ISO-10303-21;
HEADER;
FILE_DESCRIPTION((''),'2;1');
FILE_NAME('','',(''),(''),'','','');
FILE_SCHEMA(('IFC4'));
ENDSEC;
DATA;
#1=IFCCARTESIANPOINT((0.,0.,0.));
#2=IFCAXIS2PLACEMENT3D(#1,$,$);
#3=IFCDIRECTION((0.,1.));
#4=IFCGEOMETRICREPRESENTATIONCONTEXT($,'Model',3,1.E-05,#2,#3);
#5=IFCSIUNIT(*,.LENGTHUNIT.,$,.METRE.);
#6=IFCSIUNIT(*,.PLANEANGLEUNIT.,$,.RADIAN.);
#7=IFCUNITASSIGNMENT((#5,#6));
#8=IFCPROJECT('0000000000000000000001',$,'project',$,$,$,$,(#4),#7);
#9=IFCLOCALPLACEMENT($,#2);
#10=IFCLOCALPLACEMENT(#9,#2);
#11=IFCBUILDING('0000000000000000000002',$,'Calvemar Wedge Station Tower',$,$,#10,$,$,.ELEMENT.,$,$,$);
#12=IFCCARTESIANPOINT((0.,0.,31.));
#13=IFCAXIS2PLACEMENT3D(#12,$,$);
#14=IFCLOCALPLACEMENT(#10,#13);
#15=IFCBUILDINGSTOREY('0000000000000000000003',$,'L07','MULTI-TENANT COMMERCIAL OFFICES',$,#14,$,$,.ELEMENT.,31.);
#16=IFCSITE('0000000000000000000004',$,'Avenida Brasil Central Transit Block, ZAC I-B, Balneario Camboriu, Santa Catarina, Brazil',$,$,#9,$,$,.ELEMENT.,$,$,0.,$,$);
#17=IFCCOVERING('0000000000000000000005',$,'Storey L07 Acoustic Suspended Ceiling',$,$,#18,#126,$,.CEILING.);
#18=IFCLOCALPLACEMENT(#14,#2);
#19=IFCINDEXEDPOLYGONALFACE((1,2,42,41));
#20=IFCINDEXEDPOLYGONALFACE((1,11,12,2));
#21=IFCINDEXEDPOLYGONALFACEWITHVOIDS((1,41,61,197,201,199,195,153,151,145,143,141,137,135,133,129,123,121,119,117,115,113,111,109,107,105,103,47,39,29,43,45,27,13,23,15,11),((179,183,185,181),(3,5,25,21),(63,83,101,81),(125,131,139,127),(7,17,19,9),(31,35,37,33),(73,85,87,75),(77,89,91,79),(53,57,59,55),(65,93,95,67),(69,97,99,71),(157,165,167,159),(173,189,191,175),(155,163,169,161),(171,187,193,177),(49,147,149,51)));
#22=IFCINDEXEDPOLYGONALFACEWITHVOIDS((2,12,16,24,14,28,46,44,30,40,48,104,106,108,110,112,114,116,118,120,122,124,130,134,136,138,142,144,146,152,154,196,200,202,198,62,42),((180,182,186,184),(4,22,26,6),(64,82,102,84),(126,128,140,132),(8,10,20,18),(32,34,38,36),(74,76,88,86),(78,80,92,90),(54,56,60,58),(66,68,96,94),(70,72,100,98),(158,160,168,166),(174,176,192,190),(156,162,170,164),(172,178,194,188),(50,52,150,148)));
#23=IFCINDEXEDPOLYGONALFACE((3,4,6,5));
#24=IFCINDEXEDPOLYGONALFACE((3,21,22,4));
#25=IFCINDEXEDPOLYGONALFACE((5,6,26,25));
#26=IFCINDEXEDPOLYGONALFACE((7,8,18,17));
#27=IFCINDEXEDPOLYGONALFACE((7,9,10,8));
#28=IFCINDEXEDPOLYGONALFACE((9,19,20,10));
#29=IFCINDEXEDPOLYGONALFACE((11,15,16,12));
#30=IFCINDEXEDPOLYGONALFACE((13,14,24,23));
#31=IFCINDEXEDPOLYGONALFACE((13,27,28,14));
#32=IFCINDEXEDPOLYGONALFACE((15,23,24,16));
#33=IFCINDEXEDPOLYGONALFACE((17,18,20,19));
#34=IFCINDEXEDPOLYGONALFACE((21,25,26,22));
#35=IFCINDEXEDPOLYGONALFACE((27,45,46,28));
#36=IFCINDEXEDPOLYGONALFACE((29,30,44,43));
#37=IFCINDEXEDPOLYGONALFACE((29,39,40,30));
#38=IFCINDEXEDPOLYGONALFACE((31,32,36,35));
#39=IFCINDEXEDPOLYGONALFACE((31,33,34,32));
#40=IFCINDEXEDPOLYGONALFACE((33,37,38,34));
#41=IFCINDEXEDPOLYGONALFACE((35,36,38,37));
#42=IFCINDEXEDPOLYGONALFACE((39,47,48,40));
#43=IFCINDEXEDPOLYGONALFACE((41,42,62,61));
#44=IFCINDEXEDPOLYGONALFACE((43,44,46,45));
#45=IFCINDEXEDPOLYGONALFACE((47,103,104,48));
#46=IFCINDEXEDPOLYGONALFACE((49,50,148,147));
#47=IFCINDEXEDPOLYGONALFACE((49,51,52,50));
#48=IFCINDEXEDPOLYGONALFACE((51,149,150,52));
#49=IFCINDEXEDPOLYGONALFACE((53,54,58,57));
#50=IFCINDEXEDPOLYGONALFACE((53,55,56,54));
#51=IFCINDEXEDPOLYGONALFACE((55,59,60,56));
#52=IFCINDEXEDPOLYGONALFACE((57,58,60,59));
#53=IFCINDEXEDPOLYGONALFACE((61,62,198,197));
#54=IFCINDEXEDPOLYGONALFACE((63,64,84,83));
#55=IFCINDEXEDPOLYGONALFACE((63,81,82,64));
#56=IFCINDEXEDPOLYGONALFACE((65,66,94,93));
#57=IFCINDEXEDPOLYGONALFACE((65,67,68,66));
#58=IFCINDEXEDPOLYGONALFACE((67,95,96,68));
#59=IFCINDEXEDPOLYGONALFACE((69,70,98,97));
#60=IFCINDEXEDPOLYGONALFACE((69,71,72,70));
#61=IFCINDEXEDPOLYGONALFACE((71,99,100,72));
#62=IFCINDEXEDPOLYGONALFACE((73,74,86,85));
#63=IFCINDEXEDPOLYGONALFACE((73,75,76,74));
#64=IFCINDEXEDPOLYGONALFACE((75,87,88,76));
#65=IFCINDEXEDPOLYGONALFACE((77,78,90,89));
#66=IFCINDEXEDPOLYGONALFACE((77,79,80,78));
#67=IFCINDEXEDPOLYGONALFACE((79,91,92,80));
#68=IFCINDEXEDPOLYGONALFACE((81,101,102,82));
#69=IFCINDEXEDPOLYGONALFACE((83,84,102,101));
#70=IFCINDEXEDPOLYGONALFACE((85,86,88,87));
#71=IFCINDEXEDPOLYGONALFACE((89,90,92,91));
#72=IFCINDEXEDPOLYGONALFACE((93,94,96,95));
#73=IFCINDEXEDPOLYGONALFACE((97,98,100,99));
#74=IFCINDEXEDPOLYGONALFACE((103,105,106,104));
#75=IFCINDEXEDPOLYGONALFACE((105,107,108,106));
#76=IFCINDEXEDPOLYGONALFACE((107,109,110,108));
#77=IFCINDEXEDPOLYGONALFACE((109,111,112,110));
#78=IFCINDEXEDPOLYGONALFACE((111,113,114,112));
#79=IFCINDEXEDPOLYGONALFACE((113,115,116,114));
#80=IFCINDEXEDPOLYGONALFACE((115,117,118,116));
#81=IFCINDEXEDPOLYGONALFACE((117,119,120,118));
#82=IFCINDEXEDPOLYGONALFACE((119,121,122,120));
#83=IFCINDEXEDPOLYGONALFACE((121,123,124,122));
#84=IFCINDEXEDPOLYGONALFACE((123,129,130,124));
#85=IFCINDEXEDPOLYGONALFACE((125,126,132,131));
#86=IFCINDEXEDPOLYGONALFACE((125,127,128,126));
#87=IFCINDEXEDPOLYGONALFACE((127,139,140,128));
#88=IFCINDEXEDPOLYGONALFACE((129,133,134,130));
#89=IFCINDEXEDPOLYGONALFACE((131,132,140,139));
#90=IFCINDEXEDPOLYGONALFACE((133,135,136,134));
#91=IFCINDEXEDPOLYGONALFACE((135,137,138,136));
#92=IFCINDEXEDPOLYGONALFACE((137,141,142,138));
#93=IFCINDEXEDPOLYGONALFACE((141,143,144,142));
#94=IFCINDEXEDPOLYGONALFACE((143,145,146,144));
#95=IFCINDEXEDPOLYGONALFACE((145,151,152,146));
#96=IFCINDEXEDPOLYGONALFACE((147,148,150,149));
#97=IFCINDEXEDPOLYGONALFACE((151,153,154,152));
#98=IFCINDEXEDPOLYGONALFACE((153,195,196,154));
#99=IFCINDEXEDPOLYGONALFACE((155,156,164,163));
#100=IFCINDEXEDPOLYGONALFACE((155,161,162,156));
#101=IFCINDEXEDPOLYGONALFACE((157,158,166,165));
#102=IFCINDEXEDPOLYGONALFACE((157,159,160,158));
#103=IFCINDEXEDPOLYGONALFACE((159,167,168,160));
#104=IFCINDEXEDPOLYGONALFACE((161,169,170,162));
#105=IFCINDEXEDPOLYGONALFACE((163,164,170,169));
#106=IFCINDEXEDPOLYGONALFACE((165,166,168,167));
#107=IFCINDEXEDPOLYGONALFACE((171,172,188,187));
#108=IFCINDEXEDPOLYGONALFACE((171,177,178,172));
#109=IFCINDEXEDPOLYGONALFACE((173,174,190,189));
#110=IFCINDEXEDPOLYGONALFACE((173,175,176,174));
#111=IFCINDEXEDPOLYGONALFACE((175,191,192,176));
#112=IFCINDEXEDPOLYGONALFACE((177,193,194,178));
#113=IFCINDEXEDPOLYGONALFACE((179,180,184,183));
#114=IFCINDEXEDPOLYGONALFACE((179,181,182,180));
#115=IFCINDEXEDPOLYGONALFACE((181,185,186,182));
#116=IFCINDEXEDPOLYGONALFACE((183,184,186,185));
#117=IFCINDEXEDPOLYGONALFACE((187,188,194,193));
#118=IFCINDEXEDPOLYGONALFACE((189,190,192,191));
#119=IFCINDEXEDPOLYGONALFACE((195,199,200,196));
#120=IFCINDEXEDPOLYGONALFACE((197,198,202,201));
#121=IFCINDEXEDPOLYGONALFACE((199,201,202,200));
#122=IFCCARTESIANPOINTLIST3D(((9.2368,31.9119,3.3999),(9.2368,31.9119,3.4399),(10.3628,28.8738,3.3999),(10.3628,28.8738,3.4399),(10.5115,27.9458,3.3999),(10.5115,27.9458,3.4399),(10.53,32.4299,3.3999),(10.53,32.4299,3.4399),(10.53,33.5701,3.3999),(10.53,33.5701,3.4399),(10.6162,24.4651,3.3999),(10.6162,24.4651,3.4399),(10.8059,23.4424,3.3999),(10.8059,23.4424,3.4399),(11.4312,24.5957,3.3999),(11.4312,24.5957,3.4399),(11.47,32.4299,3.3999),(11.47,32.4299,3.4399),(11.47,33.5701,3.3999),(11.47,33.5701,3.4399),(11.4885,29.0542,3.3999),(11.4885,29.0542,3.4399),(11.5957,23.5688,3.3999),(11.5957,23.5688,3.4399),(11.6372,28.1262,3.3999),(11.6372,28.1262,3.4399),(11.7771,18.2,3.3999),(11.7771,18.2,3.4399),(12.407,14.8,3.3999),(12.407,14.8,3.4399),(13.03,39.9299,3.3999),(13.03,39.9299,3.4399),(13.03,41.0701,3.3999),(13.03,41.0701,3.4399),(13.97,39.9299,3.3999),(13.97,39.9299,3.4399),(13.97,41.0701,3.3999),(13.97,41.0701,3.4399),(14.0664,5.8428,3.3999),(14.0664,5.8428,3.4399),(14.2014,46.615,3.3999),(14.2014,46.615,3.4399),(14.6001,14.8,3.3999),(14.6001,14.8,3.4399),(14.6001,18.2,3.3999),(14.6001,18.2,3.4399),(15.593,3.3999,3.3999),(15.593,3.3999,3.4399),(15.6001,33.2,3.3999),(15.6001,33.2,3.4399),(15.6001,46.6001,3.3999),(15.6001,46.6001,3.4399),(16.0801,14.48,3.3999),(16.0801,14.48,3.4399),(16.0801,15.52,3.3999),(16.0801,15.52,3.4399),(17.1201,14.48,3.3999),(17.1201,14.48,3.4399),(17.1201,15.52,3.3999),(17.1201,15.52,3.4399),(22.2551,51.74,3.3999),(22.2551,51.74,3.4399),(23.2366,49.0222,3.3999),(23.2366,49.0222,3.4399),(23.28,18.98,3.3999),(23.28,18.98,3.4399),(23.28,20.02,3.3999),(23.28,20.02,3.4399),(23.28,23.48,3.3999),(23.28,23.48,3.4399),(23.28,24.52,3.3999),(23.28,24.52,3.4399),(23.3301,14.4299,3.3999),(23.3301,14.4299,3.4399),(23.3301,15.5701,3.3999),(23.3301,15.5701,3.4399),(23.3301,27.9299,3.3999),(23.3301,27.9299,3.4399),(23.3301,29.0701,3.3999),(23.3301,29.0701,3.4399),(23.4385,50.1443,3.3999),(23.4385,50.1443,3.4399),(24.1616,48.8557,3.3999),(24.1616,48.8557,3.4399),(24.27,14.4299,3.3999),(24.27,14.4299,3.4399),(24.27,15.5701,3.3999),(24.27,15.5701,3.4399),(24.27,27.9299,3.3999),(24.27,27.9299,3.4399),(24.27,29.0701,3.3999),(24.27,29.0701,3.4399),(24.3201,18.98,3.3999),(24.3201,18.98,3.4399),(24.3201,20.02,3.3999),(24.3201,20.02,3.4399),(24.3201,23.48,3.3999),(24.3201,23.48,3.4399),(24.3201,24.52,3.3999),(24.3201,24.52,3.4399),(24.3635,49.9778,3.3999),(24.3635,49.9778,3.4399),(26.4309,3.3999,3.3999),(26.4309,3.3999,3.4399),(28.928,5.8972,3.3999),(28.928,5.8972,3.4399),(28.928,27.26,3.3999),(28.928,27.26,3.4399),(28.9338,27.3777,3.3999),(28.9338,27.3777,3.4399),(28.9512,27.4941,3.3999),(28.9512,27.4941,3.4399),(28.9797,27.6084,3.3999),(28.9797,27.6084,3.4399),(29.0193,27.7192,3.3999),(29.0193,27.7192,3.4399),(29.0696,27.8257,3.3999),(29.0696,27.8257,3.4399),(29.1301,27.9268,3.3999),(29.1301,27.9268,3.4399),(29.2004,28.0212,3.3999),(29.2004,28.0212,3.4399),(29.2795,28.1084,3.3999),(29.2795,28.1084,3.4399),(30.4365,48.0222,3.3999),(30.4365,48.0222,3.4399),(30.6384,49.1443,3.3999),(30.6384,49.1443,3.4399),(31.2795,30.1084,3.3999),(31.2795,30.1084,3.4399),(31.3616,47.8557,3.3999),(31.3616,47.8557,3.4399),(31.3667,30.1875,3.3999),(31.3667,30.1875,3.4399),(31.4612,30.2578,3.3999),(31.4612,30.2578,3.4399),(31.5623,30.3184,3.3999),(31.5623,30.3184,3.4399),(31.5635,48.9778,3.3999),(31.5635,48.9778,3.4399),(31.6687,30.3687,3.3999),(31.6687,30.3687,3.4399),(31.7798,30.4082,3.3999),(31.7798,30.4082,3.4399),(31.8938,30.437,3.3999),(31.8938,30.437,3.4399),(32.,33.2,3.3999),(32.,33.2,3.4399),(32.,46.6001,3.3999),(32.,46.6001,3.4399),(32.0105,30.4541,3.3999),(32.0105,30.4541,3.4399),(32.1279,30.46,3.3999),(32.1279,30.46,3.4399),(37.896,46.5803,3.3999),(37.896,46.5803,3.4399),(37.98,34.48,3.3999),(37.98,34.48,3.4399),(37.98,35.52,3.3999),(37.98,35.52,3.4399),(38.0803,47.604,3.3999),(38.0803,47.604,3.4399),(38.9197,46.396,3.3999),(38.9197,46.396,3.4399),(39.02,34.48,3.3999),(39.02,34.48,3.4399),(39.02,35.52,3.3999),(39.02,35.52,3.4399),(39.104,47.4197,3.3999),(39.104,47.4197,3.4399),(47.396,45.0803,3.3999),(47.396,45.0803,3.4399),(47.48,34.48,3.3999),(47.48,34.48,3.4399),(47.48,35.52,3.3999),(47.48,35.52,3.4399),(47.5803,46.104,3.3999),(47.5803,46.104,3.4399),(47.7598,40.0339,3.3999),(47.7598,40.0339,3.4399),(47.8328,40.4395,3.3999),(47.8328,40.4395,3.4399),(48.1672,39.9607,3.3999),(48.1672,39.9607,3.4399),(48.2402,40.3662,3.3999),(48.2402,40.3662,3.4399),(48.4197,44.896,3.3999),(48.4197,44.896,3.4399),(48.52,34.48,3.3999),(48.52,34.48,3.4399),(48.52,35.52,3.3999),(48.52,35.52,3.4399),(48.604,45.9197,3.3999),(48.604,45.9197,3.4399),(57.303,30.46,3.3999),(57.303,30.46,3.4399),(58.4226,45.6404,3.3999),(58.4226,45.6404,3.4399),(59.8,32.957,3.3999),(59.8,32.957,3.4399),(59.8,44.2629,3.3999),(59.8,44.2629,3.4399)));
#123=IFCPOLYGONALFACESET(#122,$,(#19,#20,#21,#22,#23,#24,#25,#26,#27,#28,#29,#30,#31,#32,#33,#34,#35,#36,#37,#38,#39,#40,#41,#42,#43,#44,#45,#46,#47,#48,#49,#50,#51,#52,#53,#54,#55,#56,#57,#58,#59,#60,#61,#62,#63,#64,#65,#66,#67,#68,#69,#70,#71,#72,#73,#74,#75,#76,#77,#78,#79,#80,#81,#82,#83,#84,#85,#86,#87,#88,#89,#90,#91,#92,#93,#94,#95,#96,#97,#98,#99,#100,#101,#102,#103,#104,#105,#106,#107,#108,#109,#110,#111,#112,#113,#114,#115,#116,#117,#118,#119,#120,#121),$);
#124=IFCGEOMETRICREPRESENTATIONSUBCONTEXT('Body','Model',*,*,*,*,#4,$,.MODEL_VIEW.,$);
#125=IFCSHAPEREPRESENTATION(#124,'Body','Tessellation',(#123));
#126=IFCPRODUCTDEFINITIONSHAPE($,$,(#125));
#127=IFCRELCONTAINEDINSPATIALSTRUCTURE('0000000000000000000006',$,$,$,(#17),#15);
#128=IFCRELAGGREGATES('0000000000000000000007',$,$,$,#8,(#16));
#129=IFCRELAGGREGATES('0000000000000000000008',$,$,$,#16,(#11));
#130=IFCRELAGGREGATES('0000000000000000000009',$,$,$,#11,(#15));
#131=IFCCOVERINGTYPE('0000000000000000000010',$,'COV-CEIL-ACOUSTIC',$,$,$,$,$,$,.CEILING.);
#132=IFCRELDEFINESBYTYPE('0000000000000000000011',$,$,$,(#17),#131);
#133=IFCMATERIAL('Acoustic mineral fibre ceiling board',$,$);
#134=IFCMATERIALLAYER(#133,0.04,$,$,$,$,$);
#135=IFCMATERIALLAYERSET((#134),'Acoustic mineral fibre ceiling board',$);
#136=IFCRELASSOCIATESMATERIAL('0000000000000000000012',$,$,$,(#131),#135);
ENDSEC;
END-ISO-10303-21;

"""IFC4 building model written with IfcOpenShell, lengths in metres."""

from ifc_helpers import new_model, si_unit, direction, frame, origin, place, context, subcontext, project, spatial, polyline, outline, extrude, material, layer, layer_set, type_object, element, save


model = new_model("IFC4")

# Units and contexts
model_context = context("Model", 3, precision=1e-05, world=origin(), true_north=direction((0.0, 1.0)))
body_context = subcontext(model_context, "Body", "Model", "MODEL_VIEW")
ifc_project = project(units=[si_unit("LENGTHUNIT", "METRE"), si_unit("PLANEANGLEUNIT", "RADIAN")], contexts=[model_context])

# Site, building, storey
site_placement = place(None, origin())
site = spatial("IfcSite", under=ifc_project, at=site_placement, Name="Avenida Brasil Central Transit Block, ZAC I-B, Balneario Camboriu, Santa Catarina, Brazil", CompositionType="ELEMENT", RefElevation=0.0)
building_placement = place(site_placement, origin())
building = spatial("IfcBuilding", under=site, at=building_placement, Name="Calvemar Wedge Station Tower", CompositionType="ELEMENT")
storey_placement = place(building_placement, frame((0.0, 0.0, 31.0)))
storey = spatial("IfcBuildingStorey", under=building, at=storey_placement, Name="L07", Description="MULTI-TENANT COMMERCIAL OFFICES", CompositionType="ELEMENT", Elevation=31.0)

# Covering
ifc_material_1 = material(Name="Acoustic mineral fibre ceiling board")
ifc_layer_1 = layer(ifc_material_1, 0.04)
ifc_layer_set_1 = layer_set([ifc_layer_1], Name="Acoustic mineral fibre ceiling board")
covering_type_1 = type_object("IfcCoveringType", Name="COV-CEIL-ACOUSTIC", PredefinedType="CEILING", material=ifc_layer_set_1)
covering_1_placement = place(storey_placement, frame((0.0, 0.0, 3.3999)))
element("IfcCovering", 1, at=covering_1_placement, inside=storey, type_object=covering_type_1, Name="Storey L07 Acoustic Suspended Ceiling", PredefinedType="CEILING", context=body_context, shape_type="SweptSolid", body=[
    extrude(outline(polyline([(29.2795, 28.1084), (31.2795, 30.1084), (31.3667, 30.1875), (31.4612, 30.2578), (31.5623, 30.3184), (31.6687, 30.3687), (31.7798, 30.4082), (31.8938, 30.437), (32.0105, 30.4541), (32.1279, 30.46), (57.303, 30.46), (59.8, 32.957), (59.8, 44.2629), (58.4226, 45.6404), (22.2551, 51.74), (14.2014, 46.615), (9.2368, 31.9119), (10.6162, 24.4651), (11.4312, 24.5957), (11.5957, 23.5688), (10.8059, 23.4424), (11.7771, 18.2), (14.6001, 18.2), (14.6001, 14.8), (12.407, 14.8), (14.0664, 5.8428), (15.593, 3.3999), (26.4309, 3.3999), (28.928, 5.8972), (28.928, 27.26), (28.9338, 27.3777), (28.9512, 27.4941), (28.9797, 27.6084), (29.0193, 27.7192), (29.0696, 27.8257), (29.1301, 27.9268), (29.2004, 28.0212), (29.2795, 28.1084)]), holes=[polyline([(15.6001, 46.6001), (32.0, 46.6001), (32.0, 33.2), (15.6001, 33.2), (15.6001, 46.6001)]), polyline([(10.53, 32.4299), (10.53, 33.5701), (11.47, 33.5701), (11.47, 32.4299), (10.53, 32.4299)]), polyline([(13.03, 41.0701), (13.97, 41.0701), (13.97, 39.9299), (13.03, 39.9299), (13.03, 41.0701)]), polyline([(24.3635, 49.9778), (24.1616, 48.8557), (23.2366, 49.0222), (23.4385, 50.1443), (24.3635, 49.9778)]), polyline([(31.3616, 47.8557), (30.4365, 48.0222), (30.6384, 49.1443), (31.5635, 48.9778), (31.3616, 47.8557)]), polyline([(37.896, 46.5803), (38.0803, 47.604), (39.104, 47.4197), (38.9197, 46.396), (37.896, 46.5803)]), polyline([(47.5803, 46.104), (48.604, 45.9197), (48.4197, 44.896), (47.396, 45.0803), (47.5803, 46.104)]), polyline([(39.02, 35.52), (39.02, 34.48), (37.98, 34.48), (37.98, 35.52), (39.02, 35.52)]), polyline([(48.52, 34.48), (47.48, 34.48), (47.48, 35.52), (48.52, 35.52), (48.52, 34.48)]), polyline([(47.7598, 40.0339), (47.8328, 40.4395), (48.2402, 40.3662), (48.1672, 39.9607), (47.7598, 40.0339)]), polyline([(11.4885, 29.0542), (11.6372, 28.1262), (10.5115, 27.9458), (10.3628, 28.8738), (11.4885, 29.0542)]), polyline([(24.27, 27.9299), (23.3301, 27.9299), (23.3301, 29.0701), (24.27, 29.0701), (24.27, 27.9299)]), polyline([(23.28, 23.48), (23.28, 24.52), (24.3201, 24.52), (24.3201, 23.48), (23.28, 23.48)]), polyline([(23.28, 20.02), (24.3201, 20.02), (24.3201, 18.98), (23.28, 18.98), (23.28, 20.02)]), polyline([(24.27, 15.5701), (24.27, 14.4299), (23.3301, 14.4299), (23.3301, 15.5701), (24.27, 15.5701)]), polyline([(17.1201, 14.48), (16.0801, 14.48), (16.0801, 15.52), (17.1201, 15.52), (17.1201, 14.48)])]), origin(), (0.0, 0.0, 1.0), 0.04),
])

save(model, "model.ifc")
